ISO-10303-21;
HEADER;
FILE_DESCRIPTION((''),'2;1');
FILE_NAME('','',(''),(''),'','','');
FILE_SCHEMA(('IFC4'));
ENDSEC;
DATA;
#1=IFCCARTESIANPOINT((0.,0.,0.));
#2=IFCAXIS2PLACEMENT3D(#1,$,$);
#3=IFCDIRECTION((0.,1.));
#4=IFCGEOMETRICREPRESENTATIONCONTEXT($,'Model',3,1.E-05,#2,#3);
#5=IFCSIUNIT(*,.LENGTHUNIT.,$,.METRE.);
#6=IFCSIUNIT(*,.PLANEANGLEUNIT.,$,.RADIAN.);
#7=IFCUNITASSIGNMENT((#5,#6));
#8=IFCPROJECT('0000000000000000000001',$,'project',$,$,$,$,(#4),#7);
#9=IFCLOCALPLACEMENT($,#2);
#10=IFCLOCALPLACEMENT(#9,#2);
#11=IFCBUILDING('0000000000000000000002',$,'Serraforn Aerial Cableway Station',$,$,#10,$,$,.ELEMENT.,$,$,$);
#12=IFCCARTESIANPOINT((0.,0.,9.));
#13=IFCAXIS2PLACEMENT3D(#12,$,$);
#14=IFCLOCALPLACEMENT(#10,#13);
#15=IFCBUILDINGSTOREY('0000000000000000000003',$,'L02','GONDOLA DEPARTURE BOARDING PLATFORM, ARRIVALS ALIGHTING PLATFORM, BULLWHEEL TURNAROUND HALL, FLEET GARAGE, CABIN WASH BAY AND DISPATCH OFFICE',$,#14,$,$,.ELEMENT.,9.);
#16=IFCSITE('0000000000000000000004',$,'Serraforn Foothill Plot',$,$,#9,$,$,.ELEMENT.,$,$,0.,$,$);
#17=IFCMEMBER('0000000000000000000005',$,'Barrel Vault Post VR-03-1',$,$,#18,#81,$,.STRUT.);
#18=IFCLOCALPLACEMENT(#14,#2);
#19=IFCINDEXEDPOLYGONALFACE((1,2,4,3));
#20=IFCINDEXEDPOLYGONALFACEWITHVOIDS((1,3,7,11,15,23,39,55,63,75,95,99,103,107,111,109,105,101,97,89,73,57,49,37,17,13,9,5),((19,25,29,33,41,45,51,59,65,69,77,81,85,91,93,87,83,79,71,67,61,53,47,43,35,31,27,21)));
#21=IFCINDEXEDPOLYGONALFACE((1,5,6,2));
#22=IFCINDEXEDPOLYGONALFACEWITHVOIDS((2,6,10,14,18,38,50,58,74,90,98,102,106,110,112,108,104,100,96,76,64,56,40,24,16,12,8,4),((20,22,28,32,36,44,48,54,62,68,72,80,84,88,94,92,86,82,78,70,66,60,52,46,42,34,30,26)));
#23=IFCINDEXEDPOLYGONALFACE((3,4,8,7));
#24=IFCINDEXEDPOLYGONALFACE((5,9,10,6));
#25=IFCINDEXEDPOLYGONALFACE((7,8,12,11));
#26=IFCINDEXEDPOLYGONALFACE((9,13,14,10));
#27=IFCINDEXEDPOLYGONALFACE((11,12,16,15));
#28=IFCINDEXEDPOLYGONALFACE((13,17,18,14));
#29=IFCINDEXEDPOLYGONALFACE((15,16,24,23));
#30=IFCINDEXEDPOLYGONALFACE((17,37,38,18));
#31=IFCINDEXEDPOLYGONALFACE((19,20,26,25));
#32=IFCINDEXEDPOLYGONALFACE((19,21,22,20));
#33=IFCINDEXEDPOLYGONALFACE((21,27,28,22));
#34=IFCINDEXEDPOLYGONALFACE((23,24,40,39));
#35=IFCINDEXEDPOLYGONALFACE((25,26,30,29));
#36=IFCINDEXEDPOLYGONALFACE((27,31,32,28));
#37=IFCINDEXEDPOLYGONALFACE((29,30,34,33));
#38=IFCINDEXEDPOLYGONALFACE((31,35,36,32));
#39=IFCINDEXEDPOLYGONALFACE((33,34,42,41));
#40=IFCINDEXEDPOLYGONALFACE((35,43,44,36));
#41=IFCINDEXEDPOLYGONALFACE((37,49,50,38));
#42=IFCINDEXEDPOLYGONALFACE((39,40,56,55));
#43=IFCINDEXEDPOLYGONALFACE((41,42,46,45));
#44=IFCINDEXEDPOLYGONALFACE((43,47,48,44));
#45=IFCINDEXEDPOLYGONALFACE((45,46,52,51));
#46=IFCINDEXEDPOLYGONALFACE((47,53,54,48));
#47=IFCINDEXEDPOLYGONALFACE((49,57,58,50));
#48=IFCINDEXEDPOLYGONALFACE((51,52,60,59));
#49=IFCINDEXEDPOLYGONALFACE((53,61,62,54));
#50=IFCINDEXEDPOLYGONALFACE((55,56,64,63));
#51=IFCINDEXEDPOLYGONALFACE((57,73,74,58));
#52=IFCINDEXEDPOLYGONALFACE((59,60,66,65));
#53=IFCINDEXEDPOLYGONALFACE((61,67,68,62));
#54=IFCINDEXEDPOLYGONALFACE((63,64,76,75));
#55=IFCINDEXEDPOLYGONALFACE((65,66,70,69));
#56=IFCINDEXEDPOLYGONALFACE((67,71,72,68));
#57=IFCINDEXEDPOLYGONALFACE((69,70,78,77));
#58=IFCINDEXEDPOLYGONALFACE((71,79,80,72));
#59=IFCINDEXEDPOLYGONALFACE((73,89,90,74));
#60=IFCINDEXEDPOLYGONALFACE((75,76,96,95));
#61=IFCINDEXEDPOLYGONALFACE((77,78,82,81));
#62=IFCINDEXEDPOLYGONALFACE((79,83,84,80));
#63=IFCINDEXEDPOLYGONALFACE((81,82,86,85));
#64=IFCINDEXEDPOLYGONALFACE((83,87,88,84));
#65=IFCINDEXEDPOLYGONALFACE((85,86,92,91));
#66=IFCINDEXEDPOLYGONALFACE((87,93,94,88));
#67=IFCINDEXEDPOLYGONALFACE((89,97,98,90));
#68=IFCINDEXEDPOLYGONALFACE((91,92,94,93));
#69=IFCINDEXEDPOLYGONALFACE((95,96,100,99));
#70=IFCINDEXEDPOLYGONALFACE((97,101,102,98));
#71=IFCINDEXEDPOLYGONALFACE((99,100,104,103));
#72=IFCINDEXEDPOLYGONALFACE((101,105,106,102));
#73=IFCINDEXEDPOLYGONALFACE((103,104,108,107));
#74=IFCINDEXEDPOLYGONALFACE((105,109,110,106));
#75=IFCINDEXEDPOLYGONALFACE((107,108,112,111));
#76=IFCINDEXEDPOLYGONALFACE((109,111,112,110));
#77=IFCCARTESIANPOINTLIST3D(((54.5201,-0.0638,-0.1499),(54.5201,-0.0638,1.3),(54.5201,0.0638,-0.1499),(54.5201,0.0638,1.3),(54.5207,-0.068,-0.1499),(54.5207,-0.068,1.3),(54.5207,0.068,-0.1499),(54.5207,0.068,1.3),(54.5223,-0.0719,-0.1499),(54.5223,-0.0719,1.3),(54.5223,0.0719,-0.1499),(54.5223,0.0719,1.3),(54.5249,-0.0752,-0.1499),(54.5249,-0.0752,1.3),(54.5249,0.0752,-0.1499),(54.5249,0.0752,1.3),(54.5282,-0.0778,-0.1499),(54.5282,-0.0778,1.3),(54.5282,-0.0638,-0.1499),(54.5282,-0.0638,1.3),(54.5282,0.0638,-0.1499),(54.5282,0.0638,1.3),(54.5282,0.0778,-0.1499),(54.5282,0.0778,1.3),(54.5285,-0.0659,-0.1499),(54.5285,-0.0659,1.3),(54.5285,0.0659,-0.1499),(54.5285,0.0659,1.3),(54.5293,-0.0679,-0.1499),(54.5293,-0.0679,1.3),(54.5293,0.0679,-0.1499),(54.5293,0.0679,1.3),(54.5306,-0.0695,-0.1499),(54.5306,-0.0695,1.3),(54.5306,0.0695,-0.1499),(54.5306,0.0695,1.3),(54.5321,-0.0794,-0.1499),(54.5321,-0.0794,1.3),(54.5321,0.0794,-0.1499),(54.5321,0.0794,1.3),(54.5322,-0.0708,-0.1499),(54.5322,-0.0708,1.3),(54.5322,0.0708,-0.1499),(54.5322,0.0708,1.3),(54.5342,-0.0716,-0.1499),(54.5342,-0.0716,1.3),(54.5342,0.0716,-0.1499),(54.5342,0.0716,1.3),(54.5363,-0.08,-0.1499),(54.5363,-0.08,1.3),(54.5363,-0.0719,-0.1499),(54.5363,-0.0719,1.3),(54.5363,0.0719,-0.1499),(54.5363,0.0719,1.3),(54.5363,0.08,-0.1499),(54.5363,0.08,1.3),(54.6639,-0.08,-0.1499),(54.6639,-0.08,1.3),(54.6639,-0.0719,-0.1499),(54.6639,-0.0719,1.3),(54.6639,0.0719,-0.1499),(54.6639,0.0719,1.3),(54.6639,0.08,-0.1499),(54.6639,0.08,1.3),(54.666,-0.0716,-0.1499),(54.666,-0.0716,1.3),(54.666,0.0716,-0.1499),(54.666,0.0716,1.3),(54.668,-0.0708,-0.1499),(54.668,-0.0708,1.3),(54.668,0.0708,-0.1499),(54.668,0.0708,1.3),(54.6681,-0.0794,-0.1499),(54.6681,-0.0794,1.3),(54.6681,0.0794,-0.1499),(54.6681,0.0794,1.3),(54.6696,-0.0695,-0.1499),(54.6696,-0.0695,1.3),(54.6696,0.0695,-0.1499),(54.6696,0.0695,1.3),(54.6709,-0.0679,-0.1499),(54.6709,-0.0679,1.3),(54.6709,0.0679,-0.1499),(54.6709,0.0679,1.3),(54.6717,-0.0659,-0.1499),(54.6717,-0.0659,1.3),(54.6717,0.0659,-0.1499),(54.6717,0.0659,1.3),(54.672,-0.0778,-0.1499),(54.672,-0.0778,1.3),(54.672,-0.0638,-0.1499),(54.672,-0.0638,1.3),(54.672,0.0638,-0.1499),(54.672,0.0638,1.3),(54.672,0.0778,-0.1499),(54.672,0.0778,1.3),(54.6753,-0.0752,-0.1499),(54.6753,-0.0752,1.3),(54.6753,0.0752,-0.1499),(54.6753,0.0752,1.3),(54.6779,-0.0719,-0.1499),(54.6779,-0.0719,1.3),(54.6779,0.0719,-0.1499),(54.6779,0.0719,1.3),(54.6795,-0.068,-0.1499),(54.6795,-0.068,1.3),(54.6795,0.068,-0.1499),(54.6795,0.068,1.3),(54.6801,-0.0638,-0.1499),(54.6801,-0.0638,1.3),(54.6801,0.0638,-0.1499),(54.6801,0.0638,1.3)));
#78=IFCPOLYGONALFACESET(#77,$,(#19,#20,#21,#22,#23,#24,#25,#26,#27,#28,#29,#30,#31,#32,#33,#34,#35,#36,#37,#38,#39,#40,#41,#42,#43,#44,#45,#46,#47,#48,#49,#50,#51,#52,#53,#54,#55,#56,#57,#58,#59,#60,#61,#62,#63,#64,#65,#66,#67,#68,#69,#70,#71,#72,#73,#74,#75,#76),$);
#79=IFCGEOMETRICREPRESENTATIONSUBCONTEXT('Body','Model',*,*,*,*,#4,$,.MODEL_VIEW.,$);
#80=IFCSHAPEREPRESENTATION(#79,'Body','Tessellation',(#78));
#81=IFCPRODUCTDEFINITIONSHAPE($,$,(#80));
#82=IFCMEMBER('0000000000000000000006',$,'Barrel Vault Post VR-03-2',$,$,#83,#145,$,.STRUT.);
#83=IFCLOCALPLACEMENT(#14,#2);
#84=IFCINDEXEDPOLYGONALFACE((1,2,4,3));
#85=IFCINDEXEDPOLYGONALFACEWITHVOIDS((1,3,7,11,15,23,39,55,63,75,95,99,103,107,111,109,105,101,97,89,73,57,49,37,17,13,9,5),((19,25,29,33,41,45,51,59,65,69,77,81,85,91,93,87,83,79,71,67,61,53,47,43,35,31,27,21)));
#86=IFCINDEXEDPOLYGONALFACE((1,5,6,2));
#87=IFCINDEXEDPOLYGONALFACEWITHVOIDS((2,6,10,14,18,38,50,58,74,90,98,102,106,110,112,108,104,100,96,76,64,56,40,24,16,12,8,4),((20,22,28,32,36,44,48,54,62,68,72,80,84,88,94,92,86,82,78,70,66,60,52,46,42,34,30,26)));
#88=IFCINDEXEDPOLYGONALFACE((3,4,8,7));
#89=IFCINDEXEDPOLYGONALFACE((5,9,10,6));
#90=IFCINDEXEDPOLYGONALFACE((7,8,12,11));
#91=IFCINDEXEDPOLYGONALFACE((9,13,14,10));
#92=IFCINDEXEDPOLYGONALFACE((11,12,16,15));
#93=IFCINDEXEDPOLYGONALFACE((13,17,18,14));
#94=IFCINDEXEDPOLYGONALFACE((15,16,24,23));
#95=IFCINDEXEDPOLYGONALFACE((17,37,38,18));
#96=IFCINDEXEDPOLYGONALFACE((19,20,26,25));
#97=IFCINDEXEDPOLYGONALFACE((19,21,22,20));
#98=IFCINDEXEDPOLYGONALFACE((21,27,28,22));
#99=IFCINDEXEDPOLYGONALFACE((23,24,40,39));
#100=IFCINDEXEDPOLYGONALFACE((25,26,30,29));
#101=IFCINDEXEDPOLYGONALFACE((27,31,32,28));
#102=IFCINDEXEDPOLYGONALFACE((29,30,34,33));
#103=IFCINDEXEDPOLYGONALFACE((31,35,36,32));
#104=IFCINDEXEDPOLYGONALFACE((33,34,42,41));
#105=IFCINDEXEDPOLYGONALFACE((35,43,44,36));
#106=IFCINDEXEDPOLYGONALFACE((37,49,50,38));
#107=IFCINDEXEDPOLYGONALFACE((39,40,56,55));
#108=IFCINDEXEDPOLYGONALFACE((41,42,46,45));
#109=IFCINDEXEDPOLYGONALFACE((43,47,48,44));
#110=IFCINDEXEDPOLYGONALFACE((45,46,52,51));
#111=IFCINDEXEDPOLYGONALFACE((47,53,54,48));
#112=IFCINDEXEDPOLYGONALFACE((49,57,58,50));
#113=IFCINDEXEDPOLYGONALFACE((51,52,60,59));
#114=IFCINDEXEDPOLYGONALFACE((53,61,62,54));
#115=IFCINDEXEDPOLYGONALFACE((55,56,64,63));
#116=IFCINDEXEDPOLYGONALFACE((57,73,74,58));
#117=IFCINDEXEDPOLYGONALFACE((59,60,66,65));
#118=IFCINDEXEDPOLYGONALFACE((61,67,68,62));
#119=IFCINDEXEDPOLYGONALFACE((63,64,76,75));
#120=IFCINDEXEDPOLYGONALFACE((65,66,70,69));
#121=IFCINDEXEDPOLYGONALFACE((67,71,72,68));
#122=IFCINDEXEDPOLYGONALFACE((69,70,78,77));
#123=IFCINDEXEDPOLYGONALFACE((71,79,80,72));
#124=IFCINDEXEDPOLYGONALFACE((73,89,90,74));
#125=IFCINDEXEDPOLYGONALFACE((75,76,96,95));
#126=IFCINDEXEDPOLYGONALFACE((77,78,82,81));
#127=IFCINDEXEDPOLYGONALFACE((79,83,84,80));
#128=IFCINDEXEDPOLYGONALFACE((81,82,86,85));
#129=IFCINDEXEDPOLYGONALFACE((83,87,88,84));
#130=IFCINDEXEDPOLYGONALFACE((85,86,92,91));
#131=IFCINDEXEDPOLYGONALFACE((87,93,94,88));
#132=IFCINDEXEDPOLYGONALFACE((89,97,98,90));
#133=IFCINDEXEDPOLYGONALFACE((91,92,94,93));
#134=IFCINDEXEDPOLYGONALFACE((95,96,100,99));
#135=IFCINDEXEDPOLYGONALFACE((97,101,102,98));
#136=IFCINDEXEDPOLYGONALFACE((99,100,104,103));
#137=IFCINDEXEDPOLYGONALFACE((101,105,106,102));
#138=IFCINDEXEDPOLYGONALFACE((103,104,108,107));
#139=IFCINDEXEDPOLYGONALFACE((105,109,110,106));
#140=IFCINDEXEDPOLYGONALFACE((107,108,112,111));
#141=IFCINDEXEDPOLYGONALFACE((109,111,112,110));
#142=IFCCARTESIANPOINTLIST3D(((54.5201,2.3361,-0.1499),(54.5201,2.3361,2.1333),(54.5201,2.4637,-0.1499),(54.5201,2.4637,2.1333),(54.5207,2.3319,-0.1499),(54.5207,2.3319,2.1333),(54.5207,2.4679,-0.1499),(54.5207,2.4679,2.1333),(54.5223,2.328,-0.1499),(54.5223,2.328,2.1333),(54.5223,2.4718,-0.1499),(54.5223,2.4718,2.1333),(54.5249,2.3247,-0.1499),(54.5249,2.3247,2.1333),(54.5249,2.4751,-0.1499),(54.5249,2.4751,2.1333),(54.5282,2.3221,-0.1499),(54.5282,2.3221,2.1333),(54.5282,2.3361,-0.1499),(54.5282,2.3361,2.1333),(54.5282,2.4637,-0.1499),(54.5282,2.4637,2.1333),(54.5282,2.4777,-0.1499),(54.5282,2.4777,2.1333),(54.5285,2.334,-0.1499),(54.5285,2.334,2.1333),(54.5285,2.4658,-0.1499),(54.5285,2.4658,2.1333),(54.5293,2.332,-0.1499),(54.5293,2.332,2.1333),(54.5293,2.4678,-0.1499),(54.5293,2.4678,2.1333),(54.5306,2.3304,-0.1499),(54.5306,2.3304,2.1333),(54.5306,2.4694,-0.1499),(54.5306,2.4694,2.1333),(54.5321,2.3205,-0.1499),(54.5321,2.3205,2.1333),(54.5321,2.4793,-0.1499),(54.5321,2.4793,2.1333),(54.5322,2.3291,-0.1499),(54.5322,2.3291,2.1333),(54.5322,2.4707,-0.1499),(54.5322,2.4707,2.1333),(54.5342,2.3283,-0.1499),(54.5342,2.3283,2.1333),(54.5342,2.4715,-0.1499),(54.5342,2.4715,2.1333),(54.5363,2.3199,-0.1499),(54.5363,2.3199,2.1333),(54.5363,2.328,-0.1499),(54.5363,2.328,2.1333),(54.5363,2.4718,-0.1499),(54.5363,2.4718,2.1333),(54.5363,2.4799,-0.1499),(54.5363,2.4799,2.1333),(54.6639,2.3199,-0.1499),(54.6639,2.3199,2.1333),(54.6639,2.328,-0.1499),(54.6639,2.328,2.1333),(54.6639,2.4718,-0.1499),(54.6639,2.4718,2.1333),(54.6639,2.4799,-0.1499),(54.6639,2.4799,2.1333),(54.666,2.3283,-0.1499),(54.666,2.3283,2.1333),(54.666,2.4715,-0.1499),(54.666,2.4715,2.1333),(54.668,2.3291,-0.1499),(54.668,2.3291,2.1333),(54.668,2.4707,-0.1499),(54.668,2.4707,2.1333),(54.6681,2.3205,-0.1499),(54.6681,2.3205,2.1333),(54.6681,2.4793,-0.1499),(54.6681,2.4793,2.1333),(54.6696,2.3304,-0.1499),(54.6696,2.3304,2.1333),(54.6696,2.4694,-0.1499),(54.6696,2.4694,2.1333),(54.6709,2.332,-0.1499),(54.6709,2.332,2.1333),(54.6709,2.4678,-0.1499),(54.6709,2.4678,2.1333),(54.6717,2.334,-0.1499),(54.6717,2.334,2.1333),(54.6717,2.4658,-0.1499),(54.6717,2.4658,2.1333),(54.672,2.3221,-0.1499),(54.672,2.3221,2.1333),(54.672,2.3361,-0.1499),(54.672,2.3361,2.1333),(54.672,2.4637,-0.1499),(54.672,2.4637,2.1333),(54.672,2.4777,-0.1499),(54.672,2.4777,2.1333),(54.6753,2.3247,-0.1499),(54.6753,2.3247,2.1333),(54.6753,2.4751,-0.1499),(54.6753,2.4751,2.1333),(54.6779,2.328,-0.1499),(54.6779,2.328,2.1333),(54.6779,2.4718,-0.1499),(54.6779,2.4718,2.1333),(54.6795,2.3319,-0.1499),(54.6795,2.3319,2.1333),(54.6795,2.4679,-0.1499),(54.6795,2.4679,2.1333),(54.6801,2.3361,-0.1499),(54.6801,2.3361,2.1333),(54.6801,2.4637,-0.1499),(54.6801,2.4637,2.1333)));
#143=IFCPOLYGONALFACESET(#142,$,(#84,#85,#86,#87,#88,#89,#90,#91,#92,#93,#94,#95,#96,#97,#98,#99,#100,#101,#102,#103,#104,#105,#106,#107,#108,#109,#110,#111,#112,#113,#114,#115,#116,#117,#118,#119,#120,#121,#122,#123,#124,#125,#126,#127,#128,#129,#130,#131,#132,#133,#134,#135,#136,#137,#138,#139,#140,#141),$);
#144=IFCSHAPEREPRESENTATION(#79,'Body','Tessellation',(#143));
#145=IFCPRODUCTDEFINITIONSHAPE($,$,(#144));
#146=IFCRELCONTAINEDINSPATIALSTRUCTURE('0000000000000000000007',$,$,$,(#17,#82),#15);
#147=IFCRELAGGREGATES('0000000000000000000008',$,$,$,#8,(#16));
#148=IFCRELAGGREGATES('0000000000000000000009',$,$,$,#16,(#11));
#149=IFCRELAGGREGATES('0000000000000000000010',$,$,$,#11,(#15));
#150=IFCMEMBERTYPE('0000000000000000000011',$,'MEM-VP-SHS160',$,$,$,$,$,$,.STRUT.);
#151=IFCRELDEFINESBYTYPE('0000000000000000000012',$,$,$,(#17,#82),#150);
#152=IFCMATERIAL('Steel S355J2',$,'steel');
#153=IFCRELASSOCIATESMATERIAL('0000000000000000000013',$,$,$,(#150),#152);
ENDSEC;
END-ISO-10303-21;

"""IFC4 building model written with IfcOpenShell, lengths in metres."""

from ifc_helpers import new_model, si_unit, direction, frame, origin, origin_2d, place, context, subcontext, project, spatial, hollow_rectangle, extrude, material, material_profile, profile_set, type_object, element, save


model = new_model("IFC4")

# Units and contexts
model_context = context("Model", 3, precision=1e-05, world=origin(), true_north=direction((0.0, 1.0)))
body_context = subcontext(model_context, "Body", "Model", "MODEL_VIEW")
ifc_project = project(units=[si_unit("LENGTHUNIT", "METRE"), si_unit("PLANEANGLEUNIT", "RADIAN")], contexts=[model_context])

# Site, building, storey
site_placement = place(None, origin())
site = spatial("IfcSite", under=ifc_project, at=site_placement, Name="Serraforn Foothill Plot", CompositionType="ELEMENT", RefElevation=0.0)
building_placement = place(site_placement, origin())
building = spatial("IfcBuilding", under=site, at=building_placement, Name="Serraforn Aerial Cableway Station", CompositionType="ELEMENT")
storey_placement = place(building_placement, frame((0.0, 0.0, 9.0)))
storey = spatial("IfcBuildingStorey", under=building, at=storey_placement, Name="L02", Description="GONDOLA DEPARTURE BOARDING PLATFORM, ARRIVALS ALIGHTING PLATFORM, BULLWHEEL TURNAROUND HALL, FLEET GARAGE, CABIN WASH BAY AND DISPATCH OFFICE", CompositionType="ELEMENT", Elevation=9.0)

# Members
ifc_material_1 = material(Name="Steel S355J2", Category="steel")
ifc_material_profile_1 = material_profile(ifc_material_1, hollow_rectangle(XDim=0.1599, YDim=0.1599, WallThickness=0.0081, InnerFilletRadius=0.0081, OuterFilletRadius=0.0161, at=origin_2d()), Name="SHS 160x160x8.0")
ifc_profile_set_1 = profile_set([ifc_material_profile_1], Name="Steel S355J2")
member_type_1 = type_object("IfcMemberType", Name="MEM-VP-SHS160", PredefinedType="STRUT", material=ifc_profile_set_1)
member_1_placement = place(storey_placement, frame((54.6001, 0.0, -0.1499), z_axis=(0.0, 0.0, 1.0), x_axis=(1.0, 0.0, 0.0)))
element("IfcMember", 1, at=member_1_placement, inside=storey, type_object=member_type_1, Name="Barrel Vault Post VR-03-1", PredefinedType="STRUT", context=body_context, shape_type="SweptSolid", body=[
    extrude(hollow_rectangle(XDim=0.1599, YDim=0.1599, WallThickness=0.0081, InnerFilletRadius=0.0081, OuterFilletRadius=0.0161, at=origin_2d()), origin(), (0.0, 0.0, 1.0), 1.45),
])
member_2_placement = place(storey_placement, frame((54.6001, 2.3999, -0.1499), z_axis=(0.0, 0.0, 1.0), x_axis=(1.0, 0.0, 0.0)))
element("IfcMember", 2, at=member_2_placement, inside=storey, type_object=member_type_1, Name="Barrel Vault Post VR-03-2", PredefinedType="STRUT", context=body_context, shape_type="SweptSolid", body=[
    extrude(hollow_rectangle(XDim=0.1599, YDim=0.1599, WallThickness=0.0081, InnerFilletRadius=0.0081, OuterFilletRadius=0.0161, at=origin_2d()), origin(), (0.0, 0.0, 1.0), 2.2832),
])

save(model, "model.ifc")
